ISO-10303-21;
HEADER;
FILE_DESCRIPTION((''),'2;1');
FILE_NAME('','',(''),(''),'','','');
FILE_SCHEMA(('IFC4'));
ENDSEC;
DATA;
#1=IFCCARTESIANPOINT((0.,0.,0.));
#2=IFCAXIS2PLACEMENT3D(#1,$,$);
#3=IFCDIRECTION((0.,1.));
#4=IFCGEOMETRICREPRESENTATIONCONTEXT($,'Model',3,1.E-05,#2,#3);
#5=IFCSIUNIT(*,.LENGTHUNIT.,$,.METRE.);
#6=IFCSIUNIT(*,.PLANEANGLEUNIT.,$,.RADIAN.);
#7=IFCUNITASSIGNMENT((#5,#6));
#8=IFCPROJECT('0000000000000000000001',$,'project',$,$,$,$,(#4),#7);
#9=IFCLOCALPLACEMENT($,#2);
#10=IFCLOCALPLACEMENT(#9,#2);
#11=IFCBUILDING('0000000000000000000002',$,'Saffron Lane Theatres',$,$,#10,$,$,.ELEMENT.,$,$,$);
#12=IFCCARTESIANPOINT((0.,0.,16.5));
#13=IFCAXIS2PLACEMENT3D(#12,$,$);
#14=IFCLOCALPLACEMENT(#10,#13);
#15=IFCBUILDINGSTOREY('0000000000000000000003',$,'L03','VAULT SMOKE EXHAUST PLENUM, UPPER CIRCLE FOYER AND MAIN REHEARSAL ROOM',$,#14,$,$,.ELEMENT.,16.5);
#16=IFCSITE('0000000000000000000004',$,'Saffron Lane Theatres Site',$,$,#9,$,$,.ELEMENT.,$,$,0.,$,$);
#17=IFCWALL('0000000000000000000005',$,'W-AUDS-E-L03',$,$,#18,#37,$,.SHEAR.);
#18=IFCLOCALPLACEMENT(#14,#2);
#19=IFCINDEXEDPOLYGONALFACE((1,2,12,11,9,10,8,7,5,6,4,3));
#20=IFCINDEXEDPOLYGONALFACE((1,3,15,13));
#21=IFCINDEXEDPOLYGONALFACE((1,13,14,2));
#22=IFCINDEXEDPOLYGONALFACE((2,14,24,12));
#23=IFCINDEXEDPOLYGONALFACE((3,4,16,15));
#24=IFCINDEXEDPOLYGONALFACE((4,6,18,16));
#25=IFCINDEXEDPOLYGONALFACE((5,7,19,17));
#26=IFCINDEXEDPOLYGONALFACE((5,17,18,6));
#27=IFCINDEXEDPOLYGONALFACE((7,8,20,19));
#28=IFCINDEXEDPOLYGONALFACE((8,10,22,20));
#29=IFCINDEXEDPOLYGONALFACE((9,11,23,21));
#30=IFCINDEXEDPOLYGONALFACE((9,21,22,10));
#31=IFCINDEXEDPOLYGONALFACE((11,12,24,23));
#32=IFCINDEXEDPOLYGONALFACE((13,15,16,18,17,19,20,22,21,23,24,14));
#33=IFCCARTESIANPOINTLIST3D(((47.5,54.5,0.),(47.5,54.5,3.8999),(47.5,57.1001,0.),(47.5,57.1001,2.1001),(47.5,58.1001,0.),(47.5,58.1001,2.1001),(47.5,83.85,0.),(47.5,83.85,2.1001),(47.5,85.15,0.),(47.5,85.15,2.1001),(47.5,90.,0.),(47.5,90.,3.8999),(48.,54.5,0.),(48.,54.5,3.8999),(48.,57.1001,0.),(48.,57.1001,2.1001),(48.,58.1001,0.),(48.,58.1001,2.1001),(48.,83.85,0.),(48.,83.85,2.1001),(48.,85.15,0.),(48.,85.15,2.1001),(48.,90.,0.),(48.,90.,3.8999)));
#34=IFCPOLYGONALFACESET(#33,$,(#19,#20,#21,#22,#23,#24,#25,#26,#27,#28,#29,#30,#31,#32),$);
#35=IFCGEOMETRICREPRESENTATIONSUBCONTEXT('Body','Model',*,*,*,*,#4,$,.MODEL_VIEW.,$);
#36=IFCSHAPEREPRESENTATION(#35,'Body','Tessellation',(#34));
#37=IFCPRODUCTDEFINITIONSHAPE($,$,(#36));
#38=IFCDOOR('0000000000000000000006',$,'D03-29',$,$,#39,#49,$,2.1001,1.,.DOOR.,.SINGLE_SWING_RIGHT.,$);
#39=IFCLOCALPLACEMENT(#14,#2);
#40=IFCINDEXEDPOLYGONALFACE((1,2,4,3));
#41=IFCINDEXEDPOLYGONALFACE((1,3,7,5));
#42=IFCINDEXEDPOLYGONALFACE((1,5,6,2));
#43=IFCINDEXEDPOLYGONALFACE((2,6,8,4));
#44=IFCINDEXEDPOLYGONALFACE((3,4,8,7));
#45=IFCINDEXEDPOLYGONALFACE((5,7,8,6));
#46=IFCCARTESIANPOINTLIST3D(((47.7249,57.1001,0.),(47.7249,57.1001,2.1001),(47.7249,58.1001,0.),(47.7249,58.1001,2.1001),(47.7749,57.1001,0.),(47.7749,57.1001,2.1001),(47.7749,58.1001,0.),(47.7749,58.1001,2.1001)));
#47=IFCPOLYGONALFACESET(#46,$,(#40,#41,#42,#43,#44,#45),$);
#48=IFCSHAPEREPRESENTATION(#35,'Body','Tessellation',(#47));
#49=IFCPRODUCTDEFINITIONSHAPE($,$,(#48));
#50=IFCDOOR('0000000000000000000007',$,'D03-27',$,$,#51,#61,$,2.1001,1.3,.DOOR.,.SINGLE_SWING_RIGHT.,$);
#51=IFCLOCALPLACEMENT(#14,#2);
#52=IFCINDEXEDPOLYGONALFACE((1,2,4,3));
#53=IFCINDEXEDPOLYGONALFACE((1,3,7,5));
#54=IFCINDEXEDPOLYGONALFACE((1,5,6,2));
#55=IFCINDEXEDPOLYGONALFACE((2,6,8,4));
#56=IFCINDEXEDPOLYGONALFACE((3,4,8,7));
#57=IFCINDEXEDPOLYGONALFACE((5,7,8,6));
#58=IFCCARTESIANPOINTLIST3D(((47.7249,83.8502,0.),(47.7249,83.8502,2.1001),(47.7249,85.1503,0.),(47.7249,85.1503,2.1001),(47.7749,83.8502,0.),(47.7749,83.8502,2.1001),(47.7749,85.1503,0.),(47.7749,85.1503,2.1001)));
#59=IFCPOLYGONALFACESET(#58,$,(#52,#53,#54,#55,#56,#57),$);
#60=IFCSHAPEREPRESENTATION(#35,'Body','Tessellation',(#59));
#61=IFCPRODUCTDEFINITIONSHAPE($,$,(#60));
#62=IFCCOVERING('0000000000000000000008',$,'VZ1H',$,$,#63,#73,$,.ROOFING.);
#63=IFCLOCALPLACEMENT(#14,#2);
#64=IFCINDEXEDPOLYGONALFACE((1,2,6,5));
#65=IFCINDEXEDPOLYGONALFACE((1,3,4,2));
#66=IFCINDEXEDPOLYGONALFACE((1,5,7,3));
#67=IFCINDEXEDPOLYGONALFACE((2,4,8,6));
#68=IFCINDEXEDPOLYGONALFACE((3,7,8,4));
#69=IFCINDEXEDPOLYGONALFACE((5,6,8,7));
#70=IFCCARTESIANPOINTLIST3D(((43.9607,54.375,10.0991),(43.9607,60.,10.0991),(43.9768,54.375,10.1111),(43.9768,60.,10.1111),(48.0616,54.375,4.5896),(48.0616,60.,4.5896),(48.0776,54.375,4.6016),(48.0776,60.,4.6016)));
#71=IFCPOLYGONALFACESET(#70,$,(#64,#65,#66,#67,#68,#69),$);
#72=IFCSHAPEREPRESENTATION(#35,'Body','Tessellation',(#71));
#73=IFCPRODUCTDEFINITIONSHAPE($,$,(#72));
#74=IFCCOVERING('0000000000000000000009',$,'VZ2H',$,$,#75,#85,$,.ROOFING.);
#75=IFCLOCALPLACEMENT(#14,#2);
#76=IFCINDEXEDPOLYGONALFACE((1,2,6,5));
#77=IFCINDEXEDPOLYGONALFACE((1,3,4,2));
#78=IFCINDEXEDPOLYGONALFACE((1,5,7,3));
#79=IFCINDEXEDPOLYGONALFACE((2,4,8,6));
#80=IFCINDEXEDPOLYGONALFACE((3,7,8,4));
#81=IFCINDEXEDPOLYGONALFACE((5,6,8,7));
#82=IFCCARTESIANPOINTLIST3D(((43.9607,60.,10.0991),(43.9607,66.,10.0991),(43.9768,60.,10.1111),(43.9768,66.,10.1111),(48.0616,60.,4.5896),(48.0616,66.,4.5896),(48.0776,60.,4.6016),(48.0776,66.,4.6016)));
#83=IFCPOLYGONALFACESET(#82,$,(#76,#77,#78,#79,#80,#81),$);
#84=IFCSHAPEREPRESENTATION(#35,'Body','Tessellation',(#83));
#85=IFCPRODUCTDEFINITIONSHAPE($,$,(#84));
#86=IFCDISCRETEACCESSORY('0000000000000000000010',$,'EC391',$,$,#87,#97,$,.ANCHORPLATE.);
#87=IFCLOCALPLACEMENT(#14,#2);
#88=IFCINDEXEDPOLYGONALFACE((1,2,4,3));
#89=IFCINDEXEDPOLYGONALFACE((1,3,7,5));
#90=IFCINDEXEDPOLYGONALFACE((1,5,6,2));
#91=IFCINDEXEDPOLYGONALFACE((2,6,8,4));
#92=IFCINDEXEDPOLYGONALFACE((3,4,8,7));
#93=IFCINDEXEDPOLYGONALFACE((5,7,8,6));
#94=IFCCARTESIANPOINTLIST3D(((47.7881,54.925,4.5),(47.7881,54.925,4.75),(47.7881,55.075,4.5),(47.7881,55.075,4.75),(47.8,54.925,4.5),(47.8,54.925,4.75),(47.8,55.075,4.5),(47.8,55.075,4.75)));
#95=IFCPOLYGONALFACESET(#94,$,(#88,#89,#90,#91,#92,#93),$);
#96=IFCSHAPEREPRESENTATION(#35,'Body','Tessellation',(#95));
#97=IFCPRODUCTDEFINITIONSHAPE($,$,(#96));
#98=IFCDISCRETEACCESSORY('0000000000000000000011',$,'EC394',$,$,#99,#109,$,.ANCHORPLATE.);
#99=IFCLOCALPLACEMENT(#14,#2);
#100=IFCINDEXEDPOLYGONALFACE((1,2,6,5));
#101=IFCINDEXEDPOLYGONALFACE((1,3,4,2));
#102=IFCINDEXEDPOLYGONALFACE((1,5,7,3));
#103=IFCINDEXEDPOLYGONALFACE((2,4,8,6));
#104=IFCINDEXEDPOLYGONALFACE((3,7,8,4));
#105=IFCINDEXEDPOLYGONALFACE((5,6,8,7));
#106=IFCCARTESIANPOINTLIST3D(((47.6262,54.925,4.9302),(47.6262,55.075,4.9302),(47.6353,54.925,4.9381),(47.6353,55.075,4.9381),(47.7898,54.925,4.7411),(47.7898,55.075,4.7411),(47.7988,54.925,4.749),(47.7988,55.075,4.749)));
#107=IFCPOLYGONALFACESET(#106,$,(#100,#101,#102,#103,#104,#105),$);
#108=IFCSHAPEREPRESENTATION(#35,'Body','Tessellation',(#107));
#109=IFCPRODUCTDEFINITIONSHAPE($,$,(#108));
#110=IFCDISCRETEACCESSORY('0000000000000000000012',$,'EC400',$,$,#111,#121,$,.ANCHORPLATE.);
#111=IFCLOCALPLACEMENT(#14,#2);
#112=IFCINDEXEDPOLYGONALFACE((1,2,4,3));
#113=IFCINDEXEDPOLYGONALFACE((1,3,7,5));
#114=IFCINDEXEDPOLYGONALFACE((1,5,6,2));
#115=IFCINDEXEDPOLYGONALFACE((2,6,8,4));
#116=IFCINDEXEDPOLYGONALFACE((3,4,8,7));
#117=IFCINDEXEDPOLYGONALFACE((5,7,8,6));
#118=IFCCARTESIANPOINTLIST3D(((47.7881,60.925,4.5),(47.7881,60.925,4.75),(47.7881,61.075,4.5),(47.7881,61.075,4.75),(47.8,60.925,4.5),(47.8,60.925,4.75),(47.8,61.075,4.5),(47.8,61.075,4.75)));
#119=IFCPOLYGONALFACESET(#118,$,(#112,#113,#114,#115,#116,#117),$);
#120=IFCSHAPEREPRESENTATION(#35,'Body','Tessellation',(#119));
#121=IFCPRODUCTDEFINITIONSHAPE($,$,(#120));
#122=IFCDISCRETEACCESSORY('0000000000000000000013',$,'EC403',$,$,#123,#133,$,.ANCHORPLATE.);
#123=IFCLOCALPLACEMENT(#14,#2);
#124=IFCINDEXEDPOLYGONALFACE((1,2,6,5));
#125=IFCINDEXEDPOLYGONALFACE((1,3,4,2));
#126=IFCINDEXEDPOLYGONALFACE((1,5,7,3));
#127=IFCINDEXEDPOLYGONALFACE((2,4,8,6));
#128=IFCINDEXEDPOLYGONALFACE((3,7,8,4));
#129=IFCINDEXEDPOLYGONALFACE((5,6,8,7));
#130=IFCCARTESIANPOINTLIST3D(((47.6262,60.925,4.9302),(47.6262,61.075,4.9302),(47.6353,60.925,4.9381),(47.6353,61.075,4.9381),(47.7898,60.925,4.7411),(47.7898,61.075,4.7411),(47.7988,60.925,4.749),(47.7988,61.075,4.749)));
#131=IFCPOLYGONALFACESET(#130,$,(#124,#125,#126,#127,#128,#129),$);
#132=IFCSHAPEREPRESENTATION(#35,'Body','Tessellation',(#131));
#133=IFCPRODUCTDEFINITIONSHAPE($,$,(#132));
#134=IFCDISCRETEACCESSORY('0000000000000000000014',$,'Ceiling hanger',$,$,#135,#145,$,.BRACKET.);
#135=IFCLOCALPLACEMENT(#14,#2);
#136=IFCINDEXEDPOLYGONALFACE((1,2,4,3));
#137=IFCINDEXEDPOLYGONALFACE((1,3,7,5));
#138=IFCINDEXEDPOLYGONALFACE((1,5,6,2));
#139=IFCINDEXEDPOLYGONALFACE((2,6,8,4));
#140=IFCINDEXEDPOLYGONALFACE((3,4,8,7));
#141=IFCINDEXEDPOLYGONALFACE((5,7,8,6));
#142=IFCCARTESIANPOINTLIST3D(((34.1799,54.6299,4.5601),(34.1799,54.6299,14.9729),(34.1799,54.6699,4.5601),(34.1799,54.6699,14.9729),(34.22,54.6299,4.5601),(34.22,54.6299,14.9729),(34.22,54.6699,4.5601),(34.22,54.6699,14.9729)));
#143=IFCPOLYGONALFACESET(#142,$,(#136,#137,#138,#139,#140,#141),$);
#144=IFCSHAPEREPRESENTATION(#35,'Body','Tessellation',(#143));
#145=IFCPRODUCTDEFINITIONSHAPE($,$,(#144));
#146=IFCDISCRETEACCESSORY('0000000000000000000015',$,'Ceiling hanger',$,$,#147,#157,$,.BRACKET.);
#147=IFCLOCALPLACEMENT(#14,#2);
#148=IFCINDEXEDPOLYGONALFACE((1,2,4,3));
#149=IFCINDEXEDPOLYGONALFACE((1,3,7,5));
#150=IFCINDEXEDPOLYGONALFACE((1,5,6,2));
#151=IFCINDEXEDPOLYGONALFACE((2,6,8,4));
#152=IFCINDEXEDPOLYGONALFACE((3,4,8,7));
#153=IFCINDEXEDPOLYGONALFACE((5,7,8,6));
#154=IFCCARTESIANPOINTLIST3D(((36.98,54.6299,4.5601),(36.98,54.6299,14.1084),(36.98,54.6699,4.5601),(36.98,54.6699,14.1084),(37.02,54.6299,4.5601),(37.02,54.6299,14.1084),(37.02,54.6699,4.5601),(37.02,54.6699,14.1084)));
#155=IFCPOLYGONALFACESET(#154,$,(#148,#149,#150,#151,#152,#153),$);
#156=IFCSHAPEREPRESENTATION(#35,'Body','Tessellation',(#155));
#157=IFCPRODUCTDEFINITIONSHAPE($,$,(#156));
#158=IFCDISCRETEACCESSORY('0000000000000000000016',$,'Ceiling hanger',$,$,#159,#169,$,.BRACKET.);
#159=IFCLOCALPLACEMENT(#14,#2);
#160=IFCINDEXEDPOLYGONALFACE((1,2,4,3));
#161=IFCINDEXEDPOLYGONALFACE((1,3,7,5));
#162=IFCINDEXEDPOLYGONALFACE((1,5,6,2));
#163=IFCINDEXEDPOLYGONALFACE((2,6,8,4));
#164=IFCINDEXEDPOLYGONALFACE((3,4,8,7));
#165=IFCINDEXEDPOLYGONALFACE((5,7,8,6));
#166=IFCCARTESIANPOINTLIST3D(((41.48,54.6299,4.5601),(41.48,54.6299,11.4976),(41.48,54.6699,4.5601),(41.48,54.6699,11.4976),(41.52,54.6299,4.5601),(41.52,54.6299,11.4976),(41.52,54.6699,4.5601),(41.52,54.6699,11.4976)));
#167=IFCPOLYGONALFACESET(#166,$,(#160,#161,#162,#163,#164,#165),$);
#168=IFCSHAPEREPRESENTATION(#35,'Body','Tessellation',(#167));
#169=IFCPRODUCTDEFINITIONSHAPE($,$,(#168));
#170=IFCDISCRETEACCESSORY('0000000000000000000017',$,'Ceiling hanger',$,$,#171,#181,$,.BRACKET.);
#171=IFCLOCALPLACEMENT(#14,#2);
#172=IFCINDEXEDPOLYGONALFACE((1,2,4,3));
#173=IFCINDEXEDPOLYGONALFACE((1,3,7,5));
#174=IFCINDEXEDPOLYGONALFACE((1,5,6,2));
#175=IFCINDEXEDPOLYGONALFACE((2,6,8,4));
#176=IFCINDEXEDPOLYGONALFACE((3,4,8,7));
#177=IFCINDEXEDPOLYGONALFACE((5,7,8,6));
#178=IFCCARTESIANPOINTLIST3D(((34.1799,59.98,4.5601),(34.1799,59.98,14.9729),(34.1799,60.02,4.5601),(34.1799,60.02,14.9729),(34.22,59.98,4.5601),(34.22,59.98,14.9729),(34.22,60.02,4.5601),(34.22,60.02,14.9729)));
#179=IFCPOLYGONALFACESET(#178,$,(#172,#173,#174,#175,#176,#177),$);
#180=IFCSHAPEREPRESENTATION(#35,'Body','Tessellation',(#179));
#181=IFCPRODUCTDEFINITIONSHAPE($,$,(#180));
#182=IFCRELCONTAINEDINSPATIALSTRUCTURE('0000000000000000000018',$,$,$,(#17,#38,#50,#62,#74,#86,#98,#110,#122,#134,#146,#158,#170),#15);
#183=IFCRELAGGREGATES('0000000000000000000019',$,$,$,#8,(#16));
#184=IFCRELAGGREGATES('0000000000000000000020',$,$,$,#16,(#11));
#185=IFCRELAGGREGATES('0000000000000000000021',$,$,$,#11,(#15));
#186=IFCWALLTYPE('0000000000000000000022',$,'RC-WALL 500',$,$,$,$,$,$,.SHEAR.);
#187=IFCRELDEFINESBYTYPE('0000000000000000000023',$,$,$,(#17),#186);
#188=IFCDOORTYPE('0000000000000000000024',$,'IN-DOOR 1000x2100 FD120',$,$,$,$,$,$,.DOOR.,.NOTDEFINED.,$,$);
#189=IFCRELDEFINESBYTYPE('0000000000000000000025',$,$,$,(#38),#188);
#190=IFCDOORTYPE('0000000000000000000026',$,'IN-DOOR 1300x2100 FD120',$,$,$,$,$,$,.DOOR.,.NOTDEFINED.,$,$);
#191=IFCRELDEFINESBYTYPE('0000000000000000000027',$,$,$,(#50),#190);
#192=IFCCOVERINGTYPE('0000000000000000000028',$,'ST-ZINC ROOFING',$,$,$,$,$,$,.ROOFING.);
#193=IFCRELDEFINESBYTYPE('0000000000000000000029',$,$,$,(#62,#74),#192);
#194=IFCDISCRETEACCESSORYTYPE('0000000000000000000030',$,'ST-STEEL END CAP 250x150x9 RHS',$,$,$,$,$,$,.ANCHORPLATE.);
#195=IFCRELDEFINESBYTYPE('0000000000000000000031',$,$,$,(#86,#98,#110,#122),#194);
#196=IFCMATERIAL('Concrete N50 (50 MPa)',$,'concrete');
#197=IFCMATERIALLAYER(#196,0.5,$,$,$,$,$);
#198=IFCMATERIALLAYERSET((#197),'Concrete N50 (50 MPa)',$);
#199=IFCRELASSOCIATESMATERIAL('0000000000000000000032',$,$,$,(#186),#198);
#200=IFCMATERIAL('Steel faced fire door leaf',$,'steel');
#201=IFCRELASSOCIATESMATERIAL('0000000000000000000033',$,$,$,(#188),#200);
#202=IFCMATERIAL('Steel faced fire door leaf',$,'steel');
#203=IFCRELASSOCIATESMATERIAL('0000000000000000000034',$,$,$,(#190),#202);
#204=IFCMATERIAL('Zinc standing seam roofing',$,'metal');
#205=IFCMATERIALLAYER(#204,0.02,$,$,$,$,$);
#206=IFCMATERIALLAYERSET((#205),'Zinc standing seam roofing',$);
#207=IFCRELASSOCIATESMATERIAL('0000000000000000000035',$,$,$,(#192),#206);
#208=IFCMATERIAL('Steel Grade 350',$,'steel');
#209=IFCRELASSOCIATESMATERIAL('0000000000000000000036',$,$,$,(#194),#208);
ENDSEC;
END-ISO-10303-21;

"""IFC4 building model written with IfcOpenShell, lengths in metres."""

from ifc_helpers import new_model, si_unit, direction, frame, frame_2d, origin, origin_2d, place, context, subcontext, project, spatial, polyline, rectangle, outline, extrude, material, layer, layer_set, material_profile, profile_set, type_object, element, fill, save


model = new_model("IFC4")

# Units and contexts
model_context = context("Model", 3, precision=1e-05, world=origin(), true_north=direction((0.0, 1.0)))
body_context = subcontext(model_context, "Body", "Model", "MODEL_VIEW")
ifc_project = project(units=[si_unit("LENGTHUNIT", "METRE"), si_unit("PLANEANGLEUNIT", "RADIAN")], contexts=[model_context])

# Site, building, storey
site_placement = place(None, origin())
site = spatial("IfcSite", under=ifc_project, at=site_placement, Name="Saffron Lane Theatres Site", CompositionType="ELEMENT", RefElevation=0.0)
building_placement = place(site_placement, origin())
building = spatial("IfcBuilding", under=site, at=building_placement, Name="Saffron Lane Theatres", CompositionType="ELEMENT")
storey_placement = place(building_placement, frame((0.0, 0.0, 16.5)))
storey = spatial("IfcBuildingStorey", under=building, at=storey_placement, Name="L03", Description="VAULT SMOKE EXHAUST PLENUM, UPPER CIRCLE FOYER AND MAIN REHEARSAL ROOM", CompositionType="ELEMENT", Elevation=16.5)

# Wall, openings, doors
ifc_material_1 = material(Name="Concrete N50 (50 MPa)", Category="concrete")
ifc_layer_1 = layer(ifc_material_1, 0.5)
ifc_layer_set_1 = layer_set([ifc_layer_1], Name="Concrete N50 (50 MPa)")
wall_type = type_object("IfcWallType", Name="RC-WALL 500", PredefinedType="SHEAR", material=ifc_layer_set_1)
wall_placement = place(storey_placement, frame((47.75, 54.5, 0.0), z_axis=(0.0, 0.0, 1.0), x_axis=(0.0, 1.0, 0.0)))
wall = element("IfcWall", 1, at=wall_placement, inside=storey, type_object=wall_type, Name="W-AUDS-E-L03", PredefinedType="SHEAR", context=body_context, shape_type="SweptSolid", body=[
    extrude(rectangle(XDim=35.5, YDim=0.5, at=frame_2d((17.75, 0.0))), origin(), (0.0, 0.0, 1.0), 3.8999),
])
opening_1_placement = place(wall_placement, frame((29.3501, 0.0, 0.0)))
opening_1 = element("IfcOpeningElement", 2, at=opening_1_placement, cuts=wall, PredefinedType="OPENING", context=body_context, shape_type="SweptSolid", body=[
    extrude(rectangle(XDim=1.3, YDim=2.1001, at=frame_2d((0.6499, 1.05))), frame((0.0, 0.26, 0.0), z_axis=(0.0, -1.0, 0.0), x_axis=(1.0, 0.0, 0.0)), (0.0, 0.0, 1.0), 0.52),
])
opening_2_placement = place(wall_placement, frame((2.6001, 0.0, 0.0)))
opening_2 = element("IfcOpeningElement", 3, at=opening_2_placement, cuts=wall, PredefinedType="OPENING", context=body_context, shape_type="SweptSolid", body=[
    extrude(rectangle(XDim=1.0, YDim=2.1001, at=frame_2d((0.5, 1.05))), frame((0.0, 0.26, 0.0), z_axis=(0.0, -1.0, 0.0), x_axis=(1.0, 0.0, 0.0)), (0.0, 0.0, 1.0), 0.52),
])
ifc_material_2 = material(Name="Steel faced fire door leaf", Category="steel")
door_type_1 = type_object("IfcDoorType", Name="IN-DOOR 1000x2100 FD120", OperationType="NOTDEFINED", PredefinedType="DOOR", material=ifc_material_2)
door_1_placement = place(opening_2_placement, frame((1.0, 0.0, 0.0), z_axis=(0.0, 0.0, 1.0), x_axis=(-1.0, 0.0, 0.0)))
door_1 = element("IfcDoor", 4, at=door_1_placement, inside=storey, type_object=door_type_1, Name="D03-29", OperationType="SINGLE_SWING_RIGHT", OverallHeight=2.1001, OverallWidth=1.0, PredefinedType="DOOR", context=body_context, shape_type="SweptSolid", body=[
    extrude(rectangle(XDim=1.0, YDim=2.1001, at=frame_2d((0.5, 1.05))), frame((0.0, 0.0249, 0.0), z_axis=(0.0, -1.0, 0.0), x_axis=(1.0, 0.0, 0.0)), (0.0, 0.0, 1.0), 0.05),
])
fill(opening_2, door_1)
ifc_material_3 = material(Name="Steel faced fire door leaf", Category="steel")
door_type_2 = type_object("IfcDoorType", Name="IN-DOOR 1300x2100 FD120", OperationType="NOTDEFINED", PredefinedType="DOOR", material=ifc_material_3)
door_2_placement = place(opening_1_placement, frame((1.3, 0.0, 0.0), z_axis=(0.0, 0.0, 1.0), x_axis=(-1.0, 0.0, 0.0)))
door_2 = element("IfcDoor", 5, at=door_2_placement, inside=storey, type_object=door_type_2, Name="D03-27", OperationType="SINGLE_SWING_RIGHT", OverallHeight=2.1001, OverallWidth=1.3, PredefinedType="DOOR", context=body_context, shape_type="SweptSolid", body=[
    extrude(rectangle(XDim=1.3, YDim=2.1001, at=frame_2d((0.6499, 1.05))), frame((0.0, 0.0249, 0.0), z_axis=(0.0, -1.0, 0.0), x_axis=(1.0, 0.0, 0.0)), (0.0, 0.0, 1.0), 0.05),
])
fill(opening_1, door_2)

# Coverings
ifc_material_4 = material(Name="Zinc standing seam roofing", Category="metal")
ifc_layer_2 = layer(ifc_material_4, 0.02)
ifc_layer_set_2 = layer_set([ifc_layer_2], Name="Zinc standing seam roofing")
covering_type = type_object("IfcCoveringType", Name="ST-ZINC ROOFING", PredefinedType="ROOFING", material=ifc_layer_set_2)
covering_1_placement = place(storey_placement, frame((43.9768, 54.375, 10.1111), z_axis=(0.802183, 0.0, 0.597078), x_axis=(0.597078, 0.0, -0.802183)))
element("IfcCovering", 6, at=covering_1_placement, inside=storey, type_object=covering_type, Name="VZ1H", PredefinedType="ROOFING", context=body_context, shape_type="SweptSolid", body=[
    extrude(outline(polyline([(0.0, 0.0), (6.8682, 0.0), (6.8682, 5.625), (0.0, 5.625), (0.0, 0.0)])), origin(), (0.0, 0.0, -1.0), 0.02),
])
covering_2_placement = place(storey_placement, frame((43.9768, 60.0, 10.1111), z_axis=(0.802183, 0.0, 0.597078), x_axis=(0.597078, 0.0, -0.802183)))
element("IfcCovering", 7, at=covering_2_placement, inside=storey, type_object=covering_type, Name="VZ2H", PredefinedType="ROOFING", context=body_context, shape_type="SweptSolid", body=[
    extrude(outline(polyline([(0.0, 0.0), (6.8682, 0.0), (6.8682, 6.0), (0.0, 6.0), (0.0, 0.0)])), origin(), (0.0, 0.0, -1.0), 0.02),
])

# Discrete accessories
ifc_material_5 = material(Name="Steel Grade 350", Category="steel")
ifc_material_profile_1 = material_profile(ifc_material_5, rectangle(XDim=0.1499, YDim=0.25, at=origin_2d()))
ifc_profile_set_1 = profile_set([ifc_material_profile_1], Name="Steel Grade 350")
discrete_accessory_type = type_object("IfcDiscreteAccessoryType", Name="ST-STEEL END CAP 250x150x9 RHS", PredefinedType="ANCHORPLATE", material=ifc_profile_set_1)
for number, where, z_axis, x_axis, name in (
    (8, (47.8, 55.0, 4.625), (-1.0, 0.0, 0.0), (0.0, -1.0, 0.0), "EC391"),
    (9, (47.708, 55.0, 4.8357), (0.756363, 0.0, 0.654152), (0.0, 1.0, 0.0), "EC394"),
    (10, (47.8, 61.0, 4.625), (-1.0, 0.0, 0.0), (0.0, -1.0, 0.0), "EC400"),
    (11, (47.708, 61.0, 4.8357), (0.756363, 0.0, 0.654152), (0.0, 1.0, 0.0), "EC403"),
):
    element("IfcDiscreteAccessory", number, at=place(storey_placement, frame(where, z_axis=z_axis, x_axis=x_axis)), inside=storey, type_object=discrete_accessory_type, Name=name, PredefinedType="ANCHORPLATE", context=body_context, shape_type="SweptSolid", body=[
        extrude(rectangle(XDim=0.1499, YDim=0.25, at=origin_2d()), origin(), (0.0, 0.0, 1.0), 0.012),
    ])
discrete_accessory_1_placement = place(storey_placement, frame((34.2, 54.6499, 4.5601), z_axis=(0.0, 0.0, 1.0), x_axis=(1.0, 0.0, 0.0)))
element("IfcDiscreteAccessory", 12, at=discrete_accessory_1_placement, inside=storey, Name="Ceiling hanger", PredefinedType="BRACKET", context=body_context, shape_type="SweptSolid", body=[
    extrude(rectangle(XDim=0.04, YDim=0.04, at=origin_2d()), origin(), (0.0, 0.0, 1.0), 10.4128),
])
discrete_accessory_2_placement = place(storey_placement, frame((37.0, 54.6499, 4.5601), z_axis=(0.0, 0.0, 1.0), x_axis=(1.0, 0.0, 0.0)))
element("IfcDiscreteAccessory", 13, at=discrete_accessory_2_placement, inside=storey, Name="Ceiling hanger", PredefinedType="BRACKET", context=body_context, shape_type="SweptSolid", body=[
    extrude(rectangle(XDim=0.04, YDim=0.04, at=origin_2d()), origin(), (0.0, 0.0, 1.0), 9.5483),
])
discrete_accessory_3_placement = place(storey_placement, frame((41.5, 54.6499, 4.5601), z_axis=(0.0, 0.0, 1.0), x_axis=(1.0, 0.0, 0.0)))
element("IfcDiscreteAccessory", 14, at=discrete_accessory_3_placement, inside=storey, Name="Ceiling hanger", PredefinedType="BRACKET", context=body_context, shape_type="SweptSolid", body=[
    extrude(rectangle(XDim=0.04, YDim=0.04, at=origin_2d()), origin(), (0.0, 0.0, 1.0), 6.9375),
])
discrete_accessory_4_placement = place(storey_placement, frame((34.2, 60.0, 4.5601), z_axis=(0.0, 0.0, 1.0), x_axis=(1.0, 0.0, 0.0)))
element("IfcDiscreteAccessory", 15, at=discrete_accessory_4_placement, inside=storey, Name="Ceiling hanger", PredefinedType="BRACKET", context=body_context, shape_type="SweptSolid", body=[
    extrude(rectangle(XDim=0.04, YDim=0.04, at=origin_2d()), origin(), (0.0, 0.0, 1.0), 10.4128),
])

save(model, "model.ifc")
